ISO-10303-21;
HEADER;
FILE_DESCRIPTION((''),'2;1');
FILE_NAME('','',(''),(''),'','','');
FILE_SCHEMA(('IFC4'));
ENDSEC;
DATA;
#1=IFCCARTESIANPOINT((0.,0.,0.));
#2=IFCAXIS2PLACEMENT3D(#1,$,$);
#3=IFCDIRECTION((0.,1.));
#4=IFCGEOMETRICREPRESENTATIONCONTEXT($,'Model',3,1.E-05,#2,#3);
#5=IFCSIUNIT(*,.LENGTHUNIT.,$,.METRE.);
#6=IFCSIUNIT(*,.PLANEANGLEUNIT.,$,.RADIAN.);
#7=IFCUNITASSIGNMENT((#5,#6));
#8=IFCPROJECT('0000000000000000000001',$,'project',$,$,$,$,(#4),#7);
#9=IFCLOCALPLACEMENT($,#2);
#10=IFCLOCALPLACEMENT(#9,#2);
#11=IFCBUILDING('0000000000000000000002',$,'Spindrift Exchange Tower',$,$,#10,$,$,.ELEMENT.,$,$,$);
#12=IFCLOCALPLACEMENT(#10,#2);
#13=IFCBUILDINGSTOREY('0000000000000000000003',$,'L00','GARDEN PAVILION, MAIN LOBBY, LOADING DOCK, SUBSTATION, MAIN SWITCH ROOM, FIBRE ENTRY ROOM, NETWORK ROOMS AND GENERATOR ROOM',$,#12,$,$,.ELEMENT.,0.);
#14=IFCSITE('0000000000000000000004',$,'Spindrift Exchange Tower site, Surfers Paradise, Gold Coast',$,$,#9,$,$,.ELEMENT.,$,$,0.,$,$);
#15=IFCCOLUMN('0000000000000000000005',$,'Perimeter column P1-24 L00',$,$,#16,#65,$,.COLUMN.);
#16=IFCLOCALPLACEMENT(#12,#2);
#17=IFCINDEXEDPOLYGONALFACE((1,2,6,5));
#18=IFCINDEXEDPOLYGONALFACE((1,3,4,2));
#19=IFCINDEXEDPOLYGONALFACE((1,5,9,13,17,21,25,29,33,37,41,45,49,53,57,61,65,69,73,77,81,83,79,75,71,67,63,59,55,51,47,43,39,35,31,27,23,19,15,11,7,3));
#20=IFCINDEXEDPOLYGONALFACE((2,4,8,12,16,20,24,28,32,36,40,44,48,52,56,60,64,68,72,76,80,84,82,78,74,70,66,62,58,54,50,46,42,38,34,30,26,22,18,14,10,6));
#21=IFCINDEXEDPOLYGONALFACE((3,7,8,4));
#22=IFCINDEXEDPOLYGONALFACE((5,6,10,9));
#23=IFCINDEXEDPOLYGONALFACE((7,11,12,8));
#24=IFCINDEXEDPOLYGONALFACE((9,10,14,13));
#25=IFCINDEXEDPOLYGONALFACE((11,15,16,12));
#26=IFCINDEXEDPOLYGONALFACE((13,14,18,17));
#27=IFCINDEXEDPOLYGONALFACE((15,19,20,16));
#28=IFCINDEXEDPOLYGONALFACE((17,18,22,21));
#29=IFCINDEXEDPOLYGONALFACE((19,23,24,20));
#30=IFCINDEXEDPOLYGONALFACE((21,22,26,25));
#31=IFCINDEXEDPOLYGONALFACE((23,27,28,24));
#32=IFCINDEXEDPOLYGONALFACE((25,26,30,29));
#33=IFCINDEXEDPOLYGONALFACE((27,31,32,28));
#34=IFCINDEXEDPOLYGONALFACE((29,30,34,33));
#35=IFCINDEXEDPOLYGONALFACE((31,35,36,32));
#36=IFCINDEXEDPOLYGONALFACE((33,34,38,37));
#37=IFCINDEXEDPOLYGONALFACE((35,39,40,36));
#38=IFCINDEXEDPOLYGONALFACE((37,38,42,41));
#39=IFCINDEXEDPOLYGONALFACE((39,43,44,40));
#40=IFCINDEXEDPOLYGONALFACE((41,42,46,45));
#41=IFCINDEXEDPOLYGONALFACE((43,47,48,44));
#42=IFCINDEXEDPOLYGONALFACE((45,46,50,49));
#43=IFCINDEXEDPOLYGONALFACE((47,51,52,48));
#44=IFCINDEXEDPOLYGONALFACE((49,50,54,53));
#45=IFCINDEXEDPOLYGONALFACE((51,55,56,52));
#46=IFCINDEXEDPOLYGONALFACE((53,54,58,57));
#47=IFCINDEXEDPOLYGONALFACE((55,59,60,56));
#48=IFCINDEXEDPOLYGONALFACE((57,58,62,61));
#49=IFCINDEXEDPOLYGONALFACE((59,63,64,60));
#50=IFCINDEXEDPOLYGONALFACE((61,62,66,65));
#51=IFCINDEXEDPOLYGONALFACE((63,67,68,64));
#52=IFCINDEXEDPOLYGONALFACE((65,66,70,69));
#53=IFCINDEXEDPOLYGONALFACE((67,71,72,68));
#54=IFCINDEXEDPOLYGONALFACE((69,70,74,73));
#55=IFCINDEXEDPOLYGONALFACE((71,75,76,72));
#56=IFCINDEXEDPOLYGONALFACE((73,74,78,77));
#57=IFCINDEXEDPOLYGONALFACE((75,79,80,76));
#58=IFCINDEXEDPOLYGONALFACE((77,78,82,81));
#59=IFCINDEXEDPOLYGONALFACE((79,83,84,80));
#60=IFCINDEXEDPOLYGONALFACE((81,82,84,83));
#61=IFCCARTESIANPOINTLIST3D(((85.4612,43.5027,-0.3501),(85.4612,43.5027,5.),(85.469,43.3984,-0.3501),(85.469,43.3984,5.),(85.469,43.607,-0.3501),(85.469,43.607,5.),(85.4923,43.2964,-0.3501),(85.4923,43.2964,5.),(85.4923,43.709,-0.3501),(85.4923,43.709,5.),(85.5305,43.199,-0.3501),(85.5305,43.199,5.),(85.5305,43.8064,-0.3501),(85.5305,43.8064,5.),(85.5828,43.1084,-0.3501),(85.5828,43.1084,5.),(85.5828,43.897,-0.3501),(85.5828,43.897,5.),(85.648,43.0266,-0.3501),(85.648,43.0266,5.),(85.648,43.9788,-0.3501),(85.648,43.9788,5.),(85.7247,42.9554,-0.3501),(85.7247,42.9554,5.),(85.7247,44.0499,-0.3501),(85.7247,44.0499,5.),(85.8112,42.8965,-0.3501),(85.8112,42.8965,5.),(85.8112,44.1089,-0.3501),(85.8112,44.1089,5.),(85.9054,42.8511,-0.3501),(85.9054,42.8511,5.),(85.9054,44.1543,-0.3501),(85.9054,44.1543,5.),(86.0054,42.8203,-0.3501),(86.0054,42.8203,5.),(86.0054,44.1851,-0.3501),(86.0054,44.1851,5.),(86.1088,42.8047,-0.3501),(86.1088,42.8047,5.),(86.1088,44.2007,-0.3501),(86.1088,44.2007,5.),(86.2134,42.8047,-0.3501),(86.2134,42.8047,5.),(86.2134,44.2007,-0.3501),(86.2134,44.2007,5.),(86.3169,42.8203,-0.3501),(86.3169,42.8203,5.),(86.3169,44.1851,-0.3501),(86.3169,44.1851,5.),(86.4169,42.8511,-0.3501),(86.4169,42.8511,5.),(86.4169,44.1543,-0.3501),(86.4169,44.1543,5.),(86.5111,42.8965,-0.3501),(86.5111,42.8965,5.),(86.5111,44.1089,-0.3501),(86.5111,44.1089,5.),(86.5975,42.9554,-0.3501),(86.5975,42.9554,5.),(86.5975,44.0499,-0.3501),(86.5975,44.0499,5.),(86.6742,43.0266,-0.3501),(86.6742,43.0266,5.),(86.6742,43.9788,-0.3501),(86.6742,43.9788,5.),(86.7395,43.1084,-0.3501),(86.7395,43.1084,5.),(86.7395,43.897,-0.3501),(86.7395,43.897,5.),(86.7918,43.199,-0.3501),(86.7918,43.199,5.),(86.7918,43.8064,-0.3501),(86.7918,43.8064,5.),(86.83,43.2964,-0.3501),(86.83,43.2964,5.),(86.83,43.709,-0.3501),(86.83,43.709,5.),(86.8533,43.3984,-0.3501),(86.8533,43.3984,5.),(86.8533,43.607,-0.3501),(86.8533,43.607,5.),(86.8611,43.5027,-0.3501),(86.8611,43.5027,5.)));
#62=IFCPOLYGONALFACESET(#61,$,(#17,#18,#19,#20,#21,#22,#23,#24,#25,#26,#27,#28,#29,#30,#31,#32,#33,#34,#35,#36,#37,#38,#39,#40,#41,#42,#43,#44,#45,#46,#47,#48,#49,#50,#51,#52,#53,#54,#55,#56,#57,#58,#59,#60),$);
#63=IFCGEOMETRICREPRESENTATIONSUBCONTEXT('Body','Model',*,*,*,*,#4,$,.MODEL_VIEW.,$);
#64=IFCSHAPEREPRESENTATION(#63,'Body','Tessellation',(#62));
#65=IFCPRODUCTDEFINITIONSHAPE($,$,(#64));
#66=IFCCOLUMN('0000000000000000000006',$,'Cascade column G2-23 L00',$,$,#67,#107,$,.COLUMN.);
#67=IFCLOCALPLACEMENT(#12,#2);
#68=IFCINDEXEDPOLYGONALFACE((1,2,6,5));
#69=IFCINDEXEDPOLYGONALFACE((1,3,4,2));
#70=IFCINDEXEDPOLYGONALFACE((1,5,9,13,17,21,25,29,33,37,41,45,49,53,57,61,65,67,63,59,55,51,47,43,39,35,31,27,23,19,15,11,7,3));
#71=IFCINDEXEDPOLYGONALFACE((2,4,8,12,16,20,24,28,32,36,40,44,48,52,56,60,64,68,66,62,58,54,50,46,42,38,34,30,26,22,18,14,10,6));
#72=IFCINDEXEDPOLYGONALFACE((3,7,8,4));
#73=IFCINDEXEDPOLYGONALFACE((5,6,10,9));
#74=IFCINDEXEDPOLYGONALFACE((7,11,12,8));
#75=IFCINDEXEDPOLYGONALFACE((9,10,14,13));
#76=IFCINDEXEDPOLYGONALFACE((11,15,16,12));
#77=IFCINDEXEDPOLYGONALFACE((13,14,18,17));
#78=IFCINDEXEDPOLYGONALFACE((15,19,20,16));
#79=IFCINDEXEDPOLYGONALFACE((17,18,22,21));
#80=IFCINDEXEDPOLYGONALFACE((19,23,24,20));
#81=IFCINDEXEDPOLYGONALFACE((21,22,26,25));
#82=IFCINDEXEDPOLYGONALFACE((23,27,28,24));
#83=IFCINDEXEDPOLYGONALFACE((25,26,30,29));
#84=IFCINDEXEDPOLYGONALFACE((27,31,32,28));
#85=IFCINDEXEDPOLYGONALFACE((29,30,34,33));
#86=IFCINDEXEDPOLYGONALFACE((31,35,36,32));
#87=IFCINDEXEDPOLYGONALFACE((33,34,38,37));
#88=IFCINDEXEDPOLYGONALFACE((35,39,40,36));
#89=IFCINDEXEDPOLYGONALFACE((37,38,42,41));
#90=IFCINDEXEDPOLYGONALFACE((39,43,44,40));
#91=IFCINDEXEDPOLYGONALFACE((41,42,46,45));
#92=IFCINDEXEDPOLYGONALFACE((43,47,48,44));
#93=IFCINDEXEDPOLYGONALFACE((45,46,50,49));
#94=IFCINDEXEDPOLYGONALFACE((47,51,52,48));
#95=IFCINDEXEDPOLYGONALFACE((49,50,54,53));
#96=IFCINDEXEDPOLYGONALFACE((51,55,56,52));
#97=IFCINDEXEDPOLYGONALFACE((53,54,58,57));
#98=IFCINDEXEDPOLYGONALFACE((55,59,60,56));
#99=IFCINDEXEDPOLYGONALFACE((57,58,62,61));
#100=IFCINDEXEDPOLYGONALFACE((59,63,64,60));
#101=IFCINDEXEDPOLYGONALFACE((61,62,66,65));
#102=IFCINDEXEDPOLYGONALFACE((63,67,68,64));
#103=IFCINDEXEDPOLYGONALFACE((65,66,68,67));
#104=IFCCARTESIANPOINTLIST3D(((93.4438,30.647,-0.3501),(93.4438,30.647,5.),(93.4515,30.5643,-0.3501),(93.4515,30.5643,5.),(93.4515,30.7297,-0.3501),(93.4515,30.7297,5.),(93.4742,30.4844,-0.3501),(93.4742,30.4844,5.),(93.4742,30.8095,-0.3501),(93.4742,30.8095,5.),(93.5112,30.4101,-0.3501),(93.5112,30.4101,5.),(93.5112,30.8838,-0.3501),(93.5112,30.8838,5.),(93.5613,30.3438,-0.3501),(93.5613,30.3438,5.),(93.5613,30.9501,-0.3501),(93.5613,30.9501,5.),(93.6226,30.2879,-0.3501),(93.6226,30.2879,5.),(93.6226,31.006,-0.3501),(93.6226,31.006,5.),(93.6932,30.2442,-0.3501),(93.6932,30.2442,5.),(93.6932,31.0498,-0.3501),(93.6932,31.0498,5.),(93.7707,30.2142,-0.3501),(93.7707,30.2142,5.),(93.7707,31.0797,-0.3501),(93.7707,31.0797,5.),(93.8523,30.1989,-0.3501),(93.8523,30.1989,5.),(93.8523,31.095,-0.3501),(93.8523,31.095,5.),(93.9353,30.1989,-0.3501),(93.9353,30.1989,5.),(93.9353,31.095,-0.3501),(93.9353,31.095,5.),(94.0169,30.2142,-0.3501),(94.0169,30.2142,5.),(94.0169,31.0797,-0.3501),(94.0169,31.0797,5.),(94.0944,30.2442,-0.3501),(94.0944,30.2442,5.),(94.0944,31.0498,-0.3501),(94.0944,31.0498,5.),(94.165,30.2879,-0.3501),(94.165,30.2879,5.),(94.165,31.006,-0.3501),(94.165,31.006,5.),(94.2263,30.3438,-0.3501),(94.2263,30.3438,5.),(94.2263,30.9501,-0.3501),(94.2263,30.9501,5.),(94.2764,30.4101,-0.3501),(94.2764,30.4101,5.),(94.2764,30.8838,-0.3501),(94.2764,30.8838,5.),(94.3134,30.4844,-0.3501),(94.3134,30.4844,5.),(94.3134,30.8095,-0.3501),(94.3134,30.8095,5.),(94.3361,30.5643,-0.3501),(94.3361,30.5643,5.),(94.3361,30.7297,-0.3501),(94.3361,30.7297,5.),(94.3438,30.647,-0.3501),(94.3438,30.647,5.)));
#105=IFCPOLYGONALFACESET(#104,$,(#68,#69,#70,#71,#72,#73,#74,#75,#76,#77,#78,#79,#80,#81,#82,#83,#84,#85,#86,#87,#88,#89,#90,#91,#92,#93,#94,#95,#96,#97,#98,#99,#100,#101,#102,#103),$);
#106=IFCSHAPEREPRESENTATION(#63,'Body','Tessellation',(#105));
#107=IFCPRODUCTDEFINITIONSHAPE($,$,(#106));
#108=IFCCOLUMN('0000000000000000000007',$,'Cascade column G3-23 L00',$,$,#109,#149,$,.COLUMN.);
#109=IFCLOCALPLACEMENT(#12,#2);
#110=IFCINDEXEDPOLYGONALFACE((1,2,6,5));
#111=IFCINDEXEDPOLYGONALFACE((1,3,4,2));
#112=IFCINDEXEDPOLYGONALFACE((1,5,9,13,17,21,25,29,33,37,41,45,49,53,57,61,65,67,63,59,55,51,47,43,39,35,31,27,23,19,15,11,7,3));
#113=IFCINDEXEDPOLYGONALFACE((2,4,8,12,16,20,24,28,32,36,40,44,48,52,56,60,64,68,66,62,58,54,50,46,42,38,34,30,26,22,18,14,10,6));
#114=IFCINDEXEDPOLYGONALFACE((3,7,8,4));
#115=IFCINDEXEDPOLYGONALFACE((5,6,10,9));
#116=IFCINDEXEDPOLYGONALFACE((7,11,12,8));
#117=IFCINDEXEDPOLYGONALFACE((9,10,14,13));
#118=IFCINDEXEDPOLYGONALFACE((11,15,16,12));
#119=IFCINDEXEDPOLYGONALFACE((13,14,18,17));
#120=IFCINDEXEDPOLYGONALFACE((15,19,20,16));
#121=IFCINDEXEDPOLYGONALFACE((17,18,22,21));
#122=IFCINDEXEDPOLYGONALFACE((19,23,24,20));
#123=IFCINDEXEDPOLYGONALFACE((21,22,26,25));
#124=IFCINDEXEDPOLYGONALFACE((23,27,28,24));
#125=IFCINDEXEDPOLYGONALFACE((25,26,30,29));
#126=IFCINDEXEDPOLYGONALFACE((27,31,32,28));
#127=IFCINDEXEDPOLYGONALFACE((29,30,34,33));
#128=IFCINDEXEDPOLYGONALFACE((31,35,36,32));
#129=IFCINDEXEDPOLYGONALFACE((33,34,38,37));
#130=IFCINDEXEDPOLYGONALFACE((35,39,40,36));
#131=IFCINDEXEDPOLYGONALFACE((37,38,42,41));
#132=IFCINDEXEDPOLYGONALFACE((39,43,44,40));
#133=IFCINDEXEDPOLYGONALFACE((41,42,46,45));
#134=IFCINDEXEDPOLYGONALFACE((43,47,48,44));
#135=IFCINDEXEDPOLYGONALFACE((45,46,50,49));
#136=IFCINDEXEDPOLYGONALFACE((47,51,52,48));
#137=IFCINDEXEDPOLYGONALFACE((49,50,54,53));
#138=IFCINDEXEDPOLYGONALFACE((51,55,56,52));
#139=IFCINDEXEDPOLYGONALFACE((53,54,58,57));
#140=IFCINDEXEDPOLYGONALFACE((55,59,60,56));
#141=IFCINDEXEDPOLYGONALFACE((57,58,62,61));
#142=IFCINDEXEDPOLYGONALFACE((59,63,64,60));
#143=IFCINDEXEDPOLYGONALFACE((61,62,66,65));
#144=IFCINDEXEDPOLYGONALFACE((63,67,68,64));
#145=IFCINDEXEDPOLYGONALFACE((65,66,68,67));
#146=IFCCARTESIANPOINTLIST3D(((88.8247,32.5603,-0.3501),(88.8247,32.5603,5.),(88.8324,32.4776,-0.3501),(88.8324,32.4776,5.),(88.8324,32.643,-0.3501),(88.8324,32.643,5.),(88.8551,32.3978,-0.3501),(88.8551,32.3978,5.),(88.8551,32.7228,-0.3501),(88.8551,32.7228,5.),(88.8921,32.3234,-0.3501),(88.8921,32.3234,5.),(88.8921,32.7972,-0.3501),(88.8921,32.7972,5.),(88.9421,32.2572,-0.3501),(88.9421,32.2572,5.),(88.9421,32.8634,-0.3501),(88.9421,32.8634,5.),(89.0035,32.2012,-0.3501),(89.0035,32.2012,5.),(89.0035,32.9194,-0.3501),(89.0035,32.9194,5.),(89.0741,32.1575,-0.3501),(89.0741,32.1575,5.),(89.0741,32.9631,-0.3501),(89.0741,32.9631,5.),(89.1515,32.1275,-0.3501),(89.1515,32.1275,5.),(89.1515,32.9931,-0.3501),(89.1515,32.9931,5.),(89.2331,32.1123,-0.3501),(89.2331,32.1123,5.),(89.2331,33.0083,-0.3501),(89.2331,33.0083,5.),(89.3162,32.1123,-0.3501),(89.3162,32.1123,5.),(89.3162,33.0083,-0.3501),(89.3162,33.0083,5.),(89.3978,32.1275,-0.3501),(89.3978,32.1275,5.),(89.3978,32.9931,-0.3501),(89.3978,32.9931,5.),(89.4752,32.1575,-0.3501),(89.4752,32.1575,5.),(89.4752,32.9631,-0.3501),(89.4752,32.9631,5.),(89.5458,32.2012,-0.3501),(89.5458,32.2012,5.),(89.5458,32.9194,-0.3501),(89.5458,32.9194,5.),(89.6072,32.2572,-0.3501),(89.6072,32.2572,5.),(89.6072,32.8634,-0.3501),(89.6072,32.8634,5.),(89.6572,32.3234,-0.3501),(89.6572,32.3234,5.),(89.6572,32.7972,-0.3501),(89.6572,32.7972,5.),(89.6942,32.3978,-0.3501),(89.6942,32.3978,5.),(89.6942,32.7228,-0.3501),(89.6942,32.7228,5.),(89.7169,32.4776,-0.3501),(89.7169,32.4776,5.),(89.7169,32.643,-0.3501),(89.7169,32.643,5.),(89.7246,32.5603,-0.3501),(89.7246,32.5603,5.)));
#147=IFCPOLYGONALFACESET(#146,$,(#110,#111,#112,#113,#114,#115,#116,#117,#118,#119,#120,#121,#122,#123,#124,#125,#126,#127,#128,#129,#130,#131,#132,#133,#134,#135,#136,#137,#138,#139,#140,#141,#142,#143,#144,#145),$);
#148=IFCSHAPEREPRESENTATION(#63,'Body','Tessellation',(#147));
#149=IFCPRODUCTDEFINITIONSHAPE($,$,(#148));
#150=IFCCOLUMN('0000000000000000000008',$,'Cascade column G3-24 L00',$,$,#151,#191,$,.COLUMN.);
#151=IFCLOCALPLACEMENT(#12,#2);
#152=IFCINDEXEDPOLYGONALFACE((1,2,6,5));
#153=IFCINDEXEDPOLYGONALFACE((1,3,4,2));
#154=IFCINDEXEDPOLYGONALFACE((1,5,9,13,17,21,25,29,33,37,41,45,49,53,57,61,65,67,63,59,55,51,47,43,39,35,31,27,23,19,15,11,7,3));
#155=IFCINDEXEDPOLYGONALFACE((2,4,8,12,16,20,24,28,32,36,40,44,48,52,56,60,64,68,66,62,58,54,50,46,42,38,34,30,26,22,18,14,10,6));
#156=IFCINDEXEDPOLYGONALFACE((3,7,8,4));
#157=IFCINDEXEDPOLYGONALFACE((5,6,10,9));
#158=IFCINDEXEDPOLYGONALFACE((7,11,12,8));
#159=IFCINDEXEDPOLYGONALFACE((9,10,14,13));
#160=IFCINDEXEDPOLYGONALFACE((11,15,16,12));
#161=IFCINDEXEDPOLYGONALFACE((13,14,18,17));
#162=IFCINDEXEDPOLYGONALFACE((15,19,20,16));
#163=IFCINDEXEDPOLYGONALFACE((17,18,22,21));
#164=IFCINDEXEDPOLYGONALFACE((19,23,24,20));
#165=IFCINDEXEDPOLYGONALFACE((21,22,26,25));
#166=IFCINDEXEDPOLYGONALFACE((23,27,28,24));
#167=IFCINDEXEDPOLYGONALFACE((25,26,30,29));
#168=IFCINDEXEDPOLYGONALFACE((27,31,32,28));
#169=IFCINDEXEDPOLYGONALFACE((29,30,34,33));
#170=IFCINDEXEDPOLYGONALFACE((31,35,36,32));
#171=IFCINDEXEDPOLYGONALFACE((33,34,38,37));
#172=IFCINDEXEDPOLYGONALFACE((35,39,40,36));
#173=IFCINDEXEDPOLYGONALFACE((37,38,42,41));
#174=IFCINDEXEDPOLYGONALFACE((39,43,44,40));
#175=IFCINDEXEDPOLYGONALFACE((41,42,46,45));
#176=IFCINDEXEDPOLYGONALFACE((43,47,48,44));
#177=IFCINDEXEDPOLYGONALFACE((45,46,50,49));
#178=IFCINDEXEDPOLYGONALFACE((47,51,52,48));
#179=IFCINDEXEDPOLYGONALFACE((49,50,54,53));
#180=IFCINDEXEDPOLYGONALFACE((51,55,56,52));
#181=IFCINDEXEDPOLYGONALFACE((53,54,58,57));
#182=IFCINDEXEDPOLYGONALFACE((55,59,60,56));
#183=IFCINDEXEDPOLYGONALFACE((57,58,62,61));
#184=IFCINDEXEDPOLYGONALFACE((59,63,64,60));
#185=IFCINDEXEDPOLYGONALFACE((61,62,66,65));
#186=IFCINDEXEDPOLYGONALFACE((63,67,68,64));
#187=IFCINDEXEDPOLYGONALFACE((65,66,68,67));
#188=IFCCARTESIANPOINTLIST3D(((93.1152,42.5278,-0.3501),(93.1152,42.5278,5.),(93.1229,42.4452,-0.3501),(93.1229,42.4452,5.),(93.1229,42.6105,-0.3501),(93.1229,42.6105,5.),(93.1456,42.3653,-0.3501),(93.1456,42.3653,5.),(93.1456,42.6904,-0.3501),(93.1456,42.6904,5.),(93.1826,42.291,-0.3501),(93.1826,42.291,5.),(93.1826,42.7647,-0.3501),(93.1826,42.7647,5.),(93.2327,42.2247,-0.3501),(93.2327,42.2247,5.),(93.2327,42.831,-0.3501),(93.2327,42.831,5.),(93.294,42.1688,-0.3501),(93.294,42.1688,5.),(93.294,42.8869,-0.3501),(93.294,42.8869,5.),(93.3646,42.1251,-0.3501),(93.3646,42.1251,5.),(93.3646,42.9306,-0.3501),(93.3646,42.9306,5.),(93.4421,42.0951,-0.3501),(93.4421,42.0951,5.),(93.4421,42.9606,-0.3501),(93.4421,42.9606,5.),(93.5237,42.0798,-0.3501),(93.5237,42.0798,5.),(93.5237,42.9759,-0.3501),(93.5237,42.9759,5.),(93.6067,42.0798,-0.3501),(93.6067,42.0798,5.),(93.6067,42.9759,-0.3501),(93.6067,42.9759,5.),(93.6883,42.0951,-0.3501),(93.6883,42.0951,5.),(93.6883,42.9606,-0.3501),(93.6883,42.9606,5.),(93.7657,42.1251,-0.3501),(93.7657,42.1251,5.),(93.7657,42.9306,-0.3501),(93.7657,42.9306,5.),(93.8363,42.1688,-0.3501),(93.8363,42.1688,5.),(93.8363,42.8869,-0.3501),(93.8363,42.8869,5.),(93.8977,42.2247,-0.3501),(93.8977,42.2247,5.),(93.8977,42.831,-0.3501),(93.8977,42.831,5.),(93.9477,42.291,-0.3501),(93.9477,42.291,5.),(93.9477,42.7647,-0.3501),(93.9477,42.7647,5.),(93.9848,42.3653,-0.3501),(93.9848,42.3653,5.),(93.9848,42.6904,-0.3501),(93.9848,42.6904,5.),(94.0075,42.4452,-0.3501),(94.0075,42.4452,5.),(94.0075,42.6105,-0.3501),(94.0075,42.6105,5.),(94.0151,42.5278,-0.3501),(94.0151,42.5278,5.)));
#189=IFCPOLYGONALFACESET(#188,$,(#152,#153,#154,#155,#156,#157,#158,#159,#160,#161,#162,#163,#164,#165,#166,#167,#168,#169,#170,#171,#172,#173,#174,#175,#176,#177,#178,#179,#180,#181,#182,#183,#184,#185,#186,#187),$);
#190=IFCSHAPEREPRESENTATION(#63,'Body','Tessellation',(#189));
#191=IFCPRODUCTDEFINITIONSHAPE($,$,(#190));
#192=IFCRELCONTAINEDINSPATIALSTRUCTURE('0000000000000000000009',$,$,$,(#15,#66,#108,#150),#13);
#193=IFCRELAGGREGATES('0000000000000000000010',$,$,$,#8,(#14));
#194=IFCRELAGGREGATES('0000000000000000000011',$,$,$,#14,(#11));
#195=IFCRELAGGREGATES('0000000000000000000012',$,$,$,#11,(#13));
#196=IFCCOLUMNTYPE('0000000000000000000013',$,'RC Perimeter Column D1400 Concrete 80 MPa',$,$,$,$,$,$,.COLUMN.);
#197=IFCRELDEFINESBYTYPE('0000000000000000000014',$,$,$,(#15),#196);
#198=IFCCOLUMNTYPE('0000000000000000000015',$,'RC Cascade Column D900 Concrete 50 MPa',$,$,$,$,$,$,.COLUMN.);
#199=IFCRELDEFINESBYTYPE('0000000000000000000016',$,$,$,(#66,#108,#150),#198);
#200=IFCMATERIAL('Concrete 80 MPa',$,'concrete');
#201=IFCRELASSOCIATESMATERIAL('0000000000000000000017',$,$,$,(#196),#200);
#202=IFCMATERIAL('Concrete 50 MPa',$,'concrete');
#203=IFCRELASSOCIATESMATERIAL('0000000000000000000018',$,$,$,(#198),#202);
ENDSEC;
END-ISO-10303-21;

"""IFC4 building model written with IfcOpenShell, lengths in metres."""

from ifc_helpers import new_model, si_unit, direction, frame, origin, origin_2d, place, context, subcontext, project, spatial, circle, extrude, source, transform, mapped, material, material_profile, profile_set, type_object, element, save


model = new_model("IFC4")

# Units and contexts
model_context = context("Model", 3, precision=1e-05, world=origin(), true_north=direction((0.0, 1.0)))
body_context = subcontext(model_context, "Body", "Model", "MODEL_VIEW")
ifc_project = project(units=[si_unit("LENGTHUNIT", "METRE"), si_unit("PLANEANGLEUNIT", "RADIAN")], contexts=[model_context])

# Site, building, storey
site_placement = place(None, origin())
site = spatial("IfcSite", under=ifc_project, at=site_placement, Name="Spindrift Exchange Tower site, Surfers Paradise, Gold Coast", CompositionType="ELEMENT", RefElevation=0.0)
building_placement = place(site_placement, origin())
building = spatial("IfcBuilding", under=site, at=building_placement, Name="Spindrift Exchange Tower", CompositionType="ELEMENT")
storey_placement = place(building_placement, origin())
storey = spatial("IfcBuildingStorey", under=building, at=storey_placement, Name="L00", Description="GARDEN PAVILION, MAIN LOBBY, LOADING DOCK, SUBSTATION, MAIN SWITCH ROOM, FIBRE ENTRY ROOM, NETWORK ROOMS AND GENERATOR ROOM", CompositionType="ELEMENT", Elevation=0.0)

# Shared definitions
ifc_material_1 = material(Name="Concrete 50 MPa", Category="concrete")

# Columns
ifc_material_2 = material(Name="Concrete 80 MPa", Category="concrete")
ifc_material_profile_1 = material_profile(ifc_material_2, circle(Radius=0.7, at=origin_2d()), Name="RC D1400")
ifc_profile_set_1 = profile_set([ifc_material_profile_1], Name="Concrete 80 MPa")
column_type_1 = type_object("IfcColumnType", Name="RC Perimeter Column D1400 Concrete 80 MPa", PredefinedType="COLUMN", material=ifc_profile_set_1)
shared_shape_1 = source(origin(), body_context, "Body", "SweptSolid", [
    extrude(circle(Radius=0.7, at=origin_2d()), origin(), (0.0, 0.0, 1.0), 5.3501),
])
column_placement = place(storey_placement, frame((86.1611, 43.5027, -0.3501), z_axis=(0.0, 0.0, 1.0), x_axis=(1.0, 0.0, 0.0)))
element("IfcColumn", 1, at=column_placement, inside=storey, type_object=column_type_1, Name="Perimeter column P1-24 L00", PredefinedType="COLUMN", context=body_context, shape_type="MappedRepresentation", body=[
    mapped(shared_shape_1, transform((0.0, 0.0, 0.0), scale=1.0)),
])
ifc_material_profile_2 = material_profile(ifc_material_1, circle(Radius=0.45, at=origin_2d()), Name="RC D900")
ifc_profile_set_2 = profile_set([ifc_material_profile_2], Name="Concrete 50 MPa")
column_type_2 = type_object("IfcColumnType", Name="RC Cascade Column D900 Concrete 50 MPa", PredefinedType="COLUMN", material=ifc_profile_set_2)
shared_shape_2 = source(origin(), body_context, "Body", "SweptSolid", [
    extrude(circle(Radius=0.45, at=origin_2d()), origin(), (0.0, 0.0, 1.0), 5.3501),
])
for number, where, z_axis, x_axis, name in (
    (2, (93.8938, 30.647, -0.3501), (0.0, 0.0, 1.0), (1.0, 0.0, 0.0), "Cascade column G2-23 L00"),
    (3, (89.2747, 32.5603, -0.3501), (0.0, 0.0, 1.0), (1.0, 0.0, 0.0), "Cascade column G3-23 L00"),
    (4, (93.5652, 42.5278, -0.3501), (0.0, 0.0, 1.0), (1.0, 0.0, 0.0), "Cascade column G3-24 L00"),
):
    element("IfcColumn", number, at=place(storey_placement, frame(where, z_axis=z_axis, x_axis=x_axis)), inside=storey, type_object=column_type_2, Name=name, PredefinedType="COLUMN", context=body_context, shape_type="MappedRepresentation", body=[
        mapped(shared_shape_2, transform((0.0, 0.0, 0.0), scale=1.0)),
    ])

save(model, "model.ifc")
